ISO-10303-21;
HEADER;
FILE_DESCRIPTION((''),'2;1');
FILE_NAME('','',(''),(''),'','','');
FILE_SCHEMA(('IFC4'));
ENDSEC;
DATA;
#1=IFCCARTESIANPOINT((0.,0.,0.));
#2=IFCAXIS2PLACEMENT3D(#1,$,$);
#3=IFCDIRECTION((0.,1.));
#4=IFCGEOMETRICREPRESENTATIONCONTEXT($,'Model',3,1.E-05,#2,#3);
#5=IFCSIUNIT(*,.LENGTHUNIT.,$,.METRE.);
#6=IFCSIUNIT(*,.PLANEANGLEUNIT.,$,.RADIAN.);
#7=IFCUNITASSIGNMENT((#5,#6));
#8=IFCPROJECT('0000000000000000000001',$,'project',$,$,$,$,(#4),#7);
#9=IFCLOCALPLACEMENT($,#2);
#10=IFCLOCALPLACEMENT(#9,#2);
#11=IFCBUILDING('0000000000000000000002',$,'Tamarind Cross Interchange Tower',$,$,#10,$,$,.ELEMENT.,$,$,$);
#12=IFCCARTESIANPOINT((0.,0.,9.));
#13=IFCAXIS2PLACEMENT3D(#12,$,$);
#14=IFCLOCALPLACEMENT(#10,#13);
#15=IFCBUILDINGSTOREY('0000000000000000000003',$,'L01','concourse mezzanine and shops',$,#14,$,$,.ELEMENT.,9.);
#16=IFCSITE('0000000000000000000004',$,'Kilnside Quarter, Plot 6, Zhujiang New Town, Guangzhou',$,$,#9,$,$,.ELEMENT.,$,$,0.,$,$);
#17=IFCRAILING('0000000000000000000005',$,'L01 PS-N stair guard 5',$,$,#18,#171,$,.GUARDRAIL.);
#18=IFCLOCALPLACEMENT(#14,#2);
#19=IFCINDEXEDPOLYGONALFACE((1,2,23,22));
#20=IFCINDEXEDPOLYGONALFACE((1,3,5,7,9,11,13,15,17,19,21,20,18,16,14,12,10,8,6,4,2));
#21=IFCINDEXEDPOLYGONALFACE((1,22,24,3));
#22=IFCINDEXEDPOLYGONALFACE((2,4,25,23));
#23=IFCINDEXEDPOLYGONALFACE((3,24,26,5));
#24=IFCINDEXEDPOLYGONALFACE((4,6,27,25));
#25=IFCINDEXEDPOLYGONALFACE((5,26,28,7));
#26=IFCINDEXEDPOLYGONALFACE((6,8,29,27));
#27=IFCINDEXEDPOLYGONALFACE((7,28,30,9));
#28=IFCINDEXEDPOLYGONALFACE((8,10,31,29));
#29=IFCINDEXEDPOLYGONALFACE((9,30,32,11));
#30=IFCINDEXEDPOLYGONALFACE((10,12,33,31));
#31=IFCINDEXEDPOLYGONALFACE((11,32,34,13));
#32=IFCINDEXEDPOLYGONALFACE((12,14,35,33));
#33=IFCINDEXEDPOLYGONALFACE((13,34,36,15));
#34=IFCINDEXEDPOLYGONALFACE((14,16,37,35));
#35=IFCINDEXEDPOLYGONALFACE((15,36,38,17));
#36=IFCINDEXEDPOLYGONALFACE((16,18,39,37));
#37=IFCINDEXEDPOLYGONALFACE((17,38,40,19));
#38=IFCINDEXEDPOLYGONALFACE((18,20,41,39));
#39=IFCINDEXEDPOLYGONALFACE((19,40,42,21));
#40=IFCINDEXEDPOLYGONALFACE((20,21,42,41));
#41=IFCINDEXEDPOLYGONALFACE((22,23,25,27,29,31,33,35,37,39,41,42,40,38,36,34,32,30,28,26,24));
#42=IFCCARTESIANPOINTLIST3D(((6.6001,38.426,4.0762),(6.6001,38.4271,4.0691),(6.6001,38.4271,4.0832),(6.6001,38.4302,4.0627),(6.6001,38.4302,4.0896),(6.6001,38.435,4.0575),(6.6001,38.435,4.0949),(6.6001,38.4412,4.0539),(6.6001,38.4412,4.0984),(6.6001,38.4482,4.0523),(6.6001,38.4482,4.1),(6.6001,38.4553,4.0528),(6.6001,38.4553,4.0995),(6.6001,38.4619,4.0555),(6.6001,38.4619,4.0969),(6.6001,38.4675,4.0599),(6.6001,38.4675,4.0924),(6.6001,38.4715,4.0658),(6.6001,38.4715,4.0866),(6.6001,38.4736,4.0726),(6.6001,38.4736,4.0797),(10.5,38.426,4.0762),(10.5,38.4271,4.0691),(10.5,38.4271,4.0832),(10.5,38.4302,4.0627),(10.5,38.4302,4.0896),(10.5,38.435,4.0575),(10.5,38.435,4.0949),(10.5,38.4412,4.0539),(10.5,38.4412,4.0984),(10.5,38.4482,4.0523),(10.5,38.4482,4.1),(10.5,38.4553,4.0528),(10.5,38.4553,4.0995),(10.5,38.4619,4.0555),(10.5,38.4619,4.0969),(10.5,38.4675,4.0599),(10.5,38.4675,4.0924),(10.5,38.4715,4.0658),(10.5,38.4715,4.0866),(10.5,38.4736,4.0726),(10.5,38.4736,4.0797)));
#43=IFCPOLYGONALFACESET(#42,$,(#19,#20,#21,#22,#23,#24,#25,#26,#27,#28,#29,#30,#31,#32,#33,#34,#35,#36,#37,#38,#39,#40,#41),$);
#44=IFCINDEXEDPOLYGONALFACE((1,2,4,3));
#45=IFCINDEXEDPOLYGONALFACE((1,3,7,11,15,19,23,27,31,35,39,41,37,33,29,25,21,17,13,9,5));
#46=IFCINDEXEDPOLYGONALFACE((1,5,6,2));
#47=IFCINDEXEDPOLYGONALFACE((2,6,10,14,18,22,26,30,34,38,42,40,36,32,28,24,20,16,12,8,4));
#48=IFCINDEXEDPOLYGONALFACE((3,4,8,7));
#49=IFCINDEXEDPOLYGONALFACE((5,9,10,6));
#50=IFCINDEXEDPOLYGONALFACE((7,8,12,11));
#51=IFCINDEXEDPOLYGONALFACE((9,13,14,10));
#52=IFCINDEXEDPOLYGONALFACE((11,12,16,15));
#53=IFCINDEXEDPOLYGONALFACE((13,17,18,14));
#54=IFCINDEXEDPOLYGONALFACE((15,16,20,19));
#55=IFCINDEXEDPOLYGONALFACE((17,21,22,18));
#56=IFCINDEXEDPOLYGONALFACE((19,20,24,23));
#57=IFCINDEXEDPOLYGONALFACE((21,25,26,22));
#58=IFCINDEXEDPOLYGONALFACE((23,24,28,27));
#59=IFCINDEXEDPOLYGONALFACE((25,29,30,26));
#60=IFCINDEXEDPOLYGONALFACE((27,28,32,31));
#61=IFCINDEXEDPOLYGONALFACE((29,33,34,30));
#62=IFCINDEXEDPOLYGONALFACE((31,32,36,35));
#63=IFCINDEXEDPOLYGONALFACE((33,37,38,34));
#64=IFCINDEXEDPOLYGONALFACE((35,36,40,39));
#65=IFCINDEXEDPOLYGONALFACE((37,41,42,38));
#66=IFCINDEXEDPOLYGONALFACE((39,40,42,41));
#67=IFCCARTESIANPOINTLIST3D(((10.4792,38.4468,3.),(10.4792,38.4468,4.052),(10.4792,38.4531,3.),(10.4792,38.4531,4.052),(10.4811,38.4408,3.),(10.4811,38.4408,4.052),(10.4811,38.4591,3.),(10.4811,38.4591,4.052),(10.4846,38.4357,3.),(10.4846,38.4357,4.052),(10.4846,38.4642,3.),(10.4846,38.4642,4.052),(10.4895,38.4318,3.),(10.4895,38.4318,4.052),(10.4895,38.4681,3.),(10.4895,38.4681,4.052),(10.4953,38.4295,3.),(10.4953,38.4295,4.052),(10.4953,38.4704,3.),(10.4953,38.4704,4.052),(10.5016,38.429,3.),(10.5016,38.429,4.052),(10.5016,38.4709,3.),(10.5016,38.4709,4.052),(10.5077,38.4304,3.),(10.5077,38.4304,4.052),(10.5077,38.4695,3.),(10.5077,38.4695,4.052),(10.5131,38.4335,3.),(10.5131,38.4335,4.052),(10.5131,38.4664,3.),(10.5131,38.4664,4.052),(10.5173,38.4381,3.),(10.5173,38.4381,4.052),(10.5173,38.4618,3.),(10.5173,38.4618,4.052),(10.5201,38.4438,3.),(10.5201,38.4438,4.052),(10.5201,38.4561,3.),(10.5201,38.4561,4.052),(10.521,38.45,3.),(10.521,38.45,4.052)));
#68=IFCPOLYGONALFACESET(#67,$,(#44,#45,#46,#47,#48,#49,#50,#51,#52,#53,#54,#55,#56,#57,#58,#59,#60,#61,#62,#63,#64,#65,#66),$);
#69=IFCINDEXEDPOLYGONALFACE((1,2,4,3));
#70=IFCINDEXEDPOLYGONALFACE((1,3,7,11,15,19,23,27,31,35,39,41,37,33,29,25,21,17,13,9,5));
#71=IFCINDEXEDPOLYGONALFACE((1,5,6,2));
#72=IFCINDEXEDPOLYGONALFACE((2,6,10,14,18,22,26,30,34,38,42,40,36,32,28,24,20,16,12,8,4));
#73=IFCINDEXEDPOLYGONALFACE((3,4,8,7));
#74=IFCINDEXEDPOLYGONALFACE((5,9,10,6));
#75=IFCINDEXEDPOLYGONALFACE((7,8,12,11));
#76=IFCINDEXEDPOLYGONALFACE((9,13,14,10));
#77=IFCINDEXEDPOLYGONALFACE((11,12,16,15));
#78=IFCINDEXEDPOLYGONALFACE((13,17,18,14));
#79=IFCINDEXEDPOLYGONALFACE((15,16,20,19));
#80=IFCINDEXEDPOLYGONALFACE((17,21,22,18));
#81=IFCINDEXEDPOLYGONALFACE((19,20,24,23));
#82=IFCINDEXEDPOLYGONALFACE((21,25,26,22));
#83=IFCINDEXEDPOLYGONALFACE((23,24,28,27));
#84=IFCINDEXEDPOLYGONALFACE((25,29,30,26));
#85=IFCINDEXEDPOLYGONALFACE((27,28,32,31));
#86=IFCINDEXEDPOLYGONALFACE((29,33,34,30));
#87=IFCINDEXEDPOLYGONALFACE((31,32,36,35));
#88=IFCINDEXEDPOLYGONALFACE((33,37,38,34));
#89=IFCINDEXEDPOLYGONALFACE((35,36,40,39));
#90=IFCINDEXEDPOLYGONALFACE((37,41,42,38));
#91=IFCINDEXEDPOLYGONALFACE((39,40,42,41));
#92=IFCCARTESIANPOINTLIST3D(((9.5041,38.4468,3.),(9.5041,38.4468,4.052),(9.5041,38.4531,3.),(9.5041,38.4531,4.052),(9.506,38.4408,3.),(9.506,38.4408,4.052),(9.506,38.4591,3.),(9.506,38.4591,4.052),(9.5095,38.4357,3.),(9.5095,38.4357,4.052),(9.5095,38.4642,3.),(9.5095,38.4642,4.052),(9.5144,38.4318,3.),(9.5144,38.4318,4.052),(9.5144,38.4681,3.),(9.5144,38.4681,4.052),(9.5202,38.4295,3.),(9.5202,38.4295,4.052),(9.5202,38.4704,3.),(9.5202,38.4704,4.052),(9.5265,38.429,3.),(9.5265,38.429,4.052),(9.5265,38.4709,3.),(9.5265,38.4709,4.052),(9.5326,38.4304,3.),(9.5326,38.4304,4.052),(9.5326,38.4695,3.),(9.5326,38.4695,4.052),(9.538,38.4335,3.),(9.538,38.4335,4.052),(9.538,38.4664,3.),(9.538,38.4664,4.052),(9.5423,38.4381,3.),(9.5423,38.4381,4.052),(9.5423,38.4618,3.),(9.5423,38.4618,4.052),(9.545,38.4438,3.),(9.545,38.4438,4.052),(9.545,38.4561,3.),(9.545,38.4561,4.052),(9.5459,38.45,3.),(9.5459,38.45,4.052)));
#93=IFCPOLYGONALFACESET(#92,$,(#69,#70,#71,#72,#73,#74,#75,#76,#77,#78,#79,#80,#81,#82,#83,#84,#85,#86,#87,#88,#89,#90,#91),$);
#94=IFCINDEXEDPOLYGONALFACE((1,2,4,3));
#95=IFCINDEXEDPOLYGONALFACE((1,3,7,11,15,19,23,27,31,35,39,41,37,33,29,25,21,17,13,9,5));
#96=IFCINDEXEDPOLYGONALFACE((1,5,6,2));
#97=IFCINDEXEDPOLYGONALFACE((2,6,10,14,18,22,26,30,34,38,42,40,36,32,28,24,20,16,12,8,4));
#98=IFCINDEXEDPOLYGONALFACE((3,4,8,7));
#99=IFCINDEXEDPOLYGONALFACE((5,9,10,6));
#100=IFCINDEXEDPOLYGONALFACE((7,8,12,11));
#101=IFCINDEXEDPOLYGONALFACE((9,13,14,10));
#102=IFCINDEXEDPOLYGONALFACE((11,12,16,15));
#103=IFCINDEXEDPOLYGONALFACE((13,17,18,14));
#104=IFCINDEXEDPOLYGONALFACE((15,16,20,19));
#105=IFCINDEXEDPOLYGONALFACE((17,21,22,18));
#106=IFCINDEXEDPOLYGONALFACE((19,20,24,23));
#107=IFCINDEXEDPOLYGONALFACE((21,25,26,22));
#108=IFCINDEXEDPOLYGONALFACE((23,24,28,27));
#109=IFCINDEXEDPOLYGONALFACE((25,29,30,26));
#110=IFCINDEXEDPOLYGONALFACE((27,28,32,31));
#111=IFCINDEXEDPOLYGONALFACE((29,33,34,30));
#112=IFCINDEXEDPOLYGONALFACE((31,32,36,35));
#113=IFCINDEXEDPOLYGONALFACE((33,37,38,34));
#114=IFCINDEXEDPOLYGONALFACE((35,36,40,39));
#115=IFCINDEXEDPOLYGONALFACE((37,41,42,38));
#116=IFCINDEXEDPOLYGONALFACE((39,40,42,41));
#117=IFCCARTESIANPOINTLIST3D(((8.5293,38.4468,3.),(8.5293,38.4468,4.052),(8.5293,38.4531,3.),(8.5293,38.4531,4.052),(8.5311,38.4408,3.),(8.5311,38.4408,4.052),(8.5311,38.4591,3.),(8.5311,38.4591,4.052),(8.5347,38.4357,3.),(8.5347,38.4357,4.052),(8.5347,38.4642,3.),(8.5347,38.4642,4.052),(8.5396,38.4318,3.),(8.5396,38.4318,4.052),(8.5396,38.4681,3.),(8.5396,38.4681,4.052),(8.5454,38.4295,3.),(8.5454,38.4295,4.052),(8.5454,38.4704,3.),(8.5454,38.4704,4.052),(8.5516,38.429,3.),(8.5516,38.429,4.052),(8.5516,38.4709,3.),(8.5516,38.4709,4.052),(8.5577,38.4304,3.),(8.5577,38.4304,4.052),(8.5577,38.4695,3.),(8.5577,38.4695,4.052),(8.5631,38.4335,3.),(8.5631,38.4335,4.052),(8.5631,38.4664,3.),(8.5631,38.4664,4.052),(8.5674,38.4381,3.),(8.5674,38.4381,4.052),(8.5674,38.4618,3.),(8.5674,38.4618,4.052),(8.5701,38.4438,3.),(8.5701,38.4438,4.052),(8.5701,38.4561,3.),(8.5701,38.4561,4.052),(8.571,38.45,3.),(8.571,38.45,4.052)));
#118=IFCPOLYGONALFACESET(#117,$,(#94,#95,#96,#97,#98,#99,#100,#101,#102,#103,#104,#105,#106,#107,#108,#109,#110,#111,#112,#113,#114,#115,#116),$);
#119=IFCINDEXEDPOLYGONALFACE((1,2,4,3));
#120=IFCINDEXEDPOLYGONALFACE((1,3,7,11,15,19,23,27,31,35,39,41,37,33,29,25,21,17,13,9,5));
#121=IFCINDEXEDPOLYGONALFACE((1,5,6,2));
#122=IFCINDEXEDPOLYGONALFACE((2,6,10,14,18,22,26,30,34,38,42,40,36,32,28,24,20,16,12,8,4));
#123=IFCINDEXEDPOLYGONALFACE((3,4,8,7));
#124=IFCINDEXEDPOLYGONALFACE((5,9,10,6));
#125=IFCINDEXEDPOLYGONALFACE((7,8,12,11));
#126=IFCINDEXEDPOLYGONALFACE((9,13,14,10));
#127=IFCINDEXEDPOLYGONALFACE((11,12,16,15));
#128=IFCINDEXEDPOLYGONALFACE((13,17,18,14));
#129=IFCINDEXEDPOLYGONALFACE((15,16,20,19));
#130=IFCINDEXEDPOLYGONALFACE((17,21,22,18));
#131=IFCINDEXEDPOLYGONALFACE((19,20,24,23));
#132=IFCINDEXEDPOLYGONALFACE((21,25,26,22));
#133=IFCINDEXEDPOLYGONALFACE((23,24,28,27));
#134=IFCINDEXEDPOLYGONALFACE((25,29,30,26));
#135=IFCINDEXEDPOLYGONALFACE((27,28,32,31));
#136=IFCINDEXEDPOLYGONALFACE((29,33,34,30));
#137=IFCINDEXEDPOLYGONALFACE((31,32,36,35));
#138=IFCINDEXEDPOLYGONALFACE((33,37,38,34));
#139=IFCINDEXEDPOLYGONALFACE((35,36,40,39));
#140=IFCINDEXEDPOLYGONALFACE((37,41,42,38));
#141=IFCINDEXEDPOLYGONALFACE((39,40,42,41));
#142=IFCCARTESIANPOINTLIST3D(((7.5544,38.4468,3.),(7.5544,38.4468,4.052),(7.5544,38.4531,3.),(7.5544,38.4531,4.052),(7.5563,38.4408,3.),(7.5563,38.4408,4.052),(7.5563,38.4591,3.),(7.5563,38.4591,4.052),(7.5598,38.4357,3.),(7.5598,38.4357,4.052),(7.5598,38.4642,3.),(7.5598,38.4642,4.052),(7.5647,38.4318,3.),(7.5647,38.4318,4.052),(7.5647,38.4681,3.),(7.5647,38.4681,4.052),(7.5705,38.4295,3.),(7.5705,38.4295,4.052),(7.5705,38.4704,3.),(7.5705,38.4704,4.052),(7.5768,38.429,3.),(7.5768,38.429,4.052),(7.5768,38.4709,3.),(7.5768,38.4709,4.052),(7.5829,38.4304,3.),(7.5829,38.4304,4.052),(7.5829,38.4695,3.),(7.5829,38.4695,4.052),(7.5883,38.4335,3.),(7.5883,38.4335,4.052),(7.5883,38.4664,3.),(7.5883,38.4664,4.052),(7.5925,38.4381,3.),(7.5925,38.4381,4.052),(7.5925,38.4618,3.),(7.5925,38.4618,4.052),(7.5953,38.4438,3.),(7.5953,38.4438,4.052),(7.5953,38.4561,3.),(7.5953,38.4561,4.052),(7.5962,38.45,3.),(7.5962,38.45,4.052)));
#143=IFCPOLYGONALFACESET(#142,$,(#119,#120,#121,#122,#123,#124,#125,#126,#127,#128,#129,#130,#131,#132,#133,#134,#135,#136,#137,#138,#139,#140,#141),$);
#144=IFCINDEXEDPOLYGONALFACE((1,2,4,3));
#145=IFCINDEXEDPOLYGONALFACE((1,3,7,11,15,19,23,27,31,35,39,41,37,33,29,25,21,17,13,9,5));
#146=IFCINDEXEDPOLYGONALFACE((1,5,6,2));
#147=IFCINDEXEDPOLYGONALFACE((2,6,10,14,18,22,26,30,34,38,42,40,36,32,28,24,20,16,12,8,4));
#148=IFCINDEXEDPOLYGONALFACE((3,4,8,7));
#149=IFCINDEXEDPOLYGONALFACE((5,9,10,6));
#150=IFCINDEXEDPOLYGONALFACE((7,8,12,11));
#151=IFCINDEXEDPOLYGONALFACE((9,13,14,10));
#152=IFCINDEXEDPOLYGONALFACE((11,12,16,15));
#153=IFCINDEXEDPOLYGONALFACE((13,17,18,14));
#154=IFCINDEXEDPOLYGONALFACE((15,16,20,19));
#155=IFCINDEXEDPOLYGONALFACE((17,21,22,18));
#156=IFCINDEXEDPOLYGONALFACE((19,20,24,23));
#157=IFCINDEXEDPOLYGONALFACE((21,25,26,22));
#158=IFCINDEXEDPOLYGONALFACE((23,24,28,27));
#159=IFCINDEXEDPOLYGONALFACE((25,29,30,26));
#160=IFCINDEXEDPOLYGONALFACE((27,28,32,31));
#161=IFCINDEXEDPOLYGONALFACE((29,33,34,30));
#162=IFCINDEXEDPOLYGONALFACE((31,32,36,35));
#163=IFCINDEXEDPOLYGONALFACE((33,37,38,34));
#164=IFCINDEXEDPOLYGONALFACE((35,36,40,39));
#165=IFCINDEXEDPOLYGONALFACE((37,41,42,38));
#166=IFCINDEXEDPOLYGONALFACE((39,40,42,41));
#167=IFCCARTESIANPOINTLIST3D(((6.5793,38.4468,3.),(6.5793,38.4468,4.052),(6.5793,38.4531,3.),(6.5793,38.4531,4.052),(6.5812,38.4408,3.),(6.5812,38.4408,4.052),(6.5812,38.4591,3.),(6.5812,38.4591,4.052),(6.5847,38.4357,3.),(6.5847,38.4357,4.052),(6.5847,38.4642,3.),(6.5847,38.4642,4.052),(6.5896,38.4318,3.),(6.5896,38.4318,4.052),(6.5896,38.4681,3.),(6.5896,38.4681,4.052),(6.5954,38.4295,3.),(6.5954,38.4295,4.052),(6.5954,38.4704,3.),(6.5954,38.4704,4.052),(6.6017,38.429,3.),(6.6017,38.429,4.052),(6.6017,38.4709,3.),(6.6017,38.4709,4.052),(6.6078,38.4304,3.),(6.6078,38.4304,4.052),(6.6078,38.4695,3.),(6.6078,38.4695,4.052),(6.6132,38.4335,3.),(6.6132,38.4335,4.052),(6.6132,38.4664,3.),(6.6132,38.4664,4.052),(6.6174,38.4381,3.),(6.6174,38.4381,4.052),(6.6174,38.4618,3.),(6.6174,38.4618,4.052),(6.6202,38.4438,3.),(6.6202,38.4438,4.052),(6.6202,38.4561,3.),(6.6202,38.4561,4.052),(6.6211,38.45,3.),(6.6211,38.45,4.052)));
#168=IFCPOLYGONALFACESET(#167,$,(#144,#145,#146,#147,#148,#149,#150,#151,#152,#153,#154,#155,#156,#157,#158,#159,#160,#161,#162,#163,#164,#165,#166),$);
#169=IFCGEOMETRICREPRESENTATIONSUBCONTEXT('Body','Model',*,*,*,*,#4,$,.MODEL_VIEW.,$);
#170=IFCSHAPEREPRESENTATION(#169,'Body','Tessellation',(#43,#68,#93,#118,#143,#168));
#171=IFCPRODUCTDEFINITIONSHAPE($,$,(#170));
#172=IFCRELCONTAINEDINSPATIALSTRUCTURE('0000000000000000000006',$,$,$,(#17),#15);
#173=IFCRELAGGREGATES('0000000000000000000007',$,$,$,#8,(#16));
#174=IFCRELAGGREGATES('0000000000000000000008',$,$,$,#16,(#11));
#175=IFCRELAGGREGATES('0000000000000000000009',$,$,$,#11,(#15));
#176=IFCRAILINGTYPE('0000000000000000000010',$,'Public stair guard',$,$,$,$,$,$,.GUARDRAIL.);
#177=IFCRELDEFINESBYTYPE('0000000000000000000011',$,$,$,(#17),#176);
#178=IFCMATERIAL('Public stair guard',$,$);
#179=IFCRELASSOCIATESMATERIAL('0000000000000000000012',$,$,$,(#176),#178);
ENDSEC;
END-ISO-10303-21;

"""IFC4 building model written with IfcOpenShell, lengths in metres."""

from ifc_helpers import new_model, si_unit, direction, frame, origin, origin_2d, place, context, subcontext, project, spatial, circle, extrude, material, type_object, element, save


model = new_model("IFC4")

# Units and contexts
model_context = context("Model", 3, precision=1e-05, world=origin(), true_north=direction((0.0, 1.0)))
body_context = subcontext(model_context, "Body", "Model", "MODEL_VIEW")
ifc_project = project(units=[si_unit("LENGTHUNIT", "METRE"), si_unit("PLANEANGLEUNIT", "RADIAN")], contexts=[model_context])

# Site, building, storey
site_placement = place(None, origin())
site = spatial("IfcSite", under=ifc_project, at=site_placement, Name="Kilnside Quarter, Plot 6, Zhujiang New Town, Guangzhou", CompositionType="ELEMENT", RefElevation=0.0)
building_placement = place(site_placement, origin())
building = spatial("IfcBuilding", under=site, at=building_placement, Name="Tamarind Cross Interchange Tower", CompositionType="ELEMENT")
storey_placement = place(building_placement, frame((0.0, 0.0, 9.0)))
storey = spatial("IfcBuildingStorey", under=building, at=storey_placement, Name="L01", Description="concourse mezzanine and shops", CompositionType="ELEMENT", Elevation=9.0)

# Railing
ifc_material_1 = material(Name="Public stair guard")
railing_type_1 = type_object("IfcRailingType", Name="Public stair guard", PredefinedType="GUARDRAIL", material=ifc_material_1)
railing_1_placement = place(storey_placement, frame((10.5, 38.45, 3.0)))
element("IfcRailing", 1, at=railing_1_placement, inside=storey, type_object=railing_type_1, Name="L01 PS-N stair guard 5", PredefinedType="GUARDRAIL", context=body_context, shape_type="SweptSolid", body=[
    extrude(circle(Radius=0.0239, at=origin_2d()), frame((0.0, 0.0, 1.0762), z_axis=(-1.0, 0.0, 0.0), x_axis=(0.0, -1.0, 0.0)), (0.0, 0.0, 1.0), 3.8999),
    extrude(circle(Radius=0.021, at=origin_2d()), origin(), (0.0, 0.0, 1.0), 1.052),
    extrude(circle(Radius=0.021, at=origin_2d()), frame((-0.9751, 0.0, 0.0)), (0.0, 0.0, 1.0), 1.052),
    extrude(circle(Radius=0.021, at=origin_2d()), frame((-1.95, 0.0, 0.0)), (0.0, 0.0, 1.0), 1.052),
    extrude(circle(Radius=0.021, at=origin_2d()), frame((-2.9248, 0.0, 0.0)), (0.0, 0.0, 1.0), 1.052),
    extrude(circle(Radius=0.021, at=origin_2d()), frame((-3.8999, 0.0, 0.0)), (0.0, 0.0, 1.0), 1.052),
])

save(model, "model.ifc")
